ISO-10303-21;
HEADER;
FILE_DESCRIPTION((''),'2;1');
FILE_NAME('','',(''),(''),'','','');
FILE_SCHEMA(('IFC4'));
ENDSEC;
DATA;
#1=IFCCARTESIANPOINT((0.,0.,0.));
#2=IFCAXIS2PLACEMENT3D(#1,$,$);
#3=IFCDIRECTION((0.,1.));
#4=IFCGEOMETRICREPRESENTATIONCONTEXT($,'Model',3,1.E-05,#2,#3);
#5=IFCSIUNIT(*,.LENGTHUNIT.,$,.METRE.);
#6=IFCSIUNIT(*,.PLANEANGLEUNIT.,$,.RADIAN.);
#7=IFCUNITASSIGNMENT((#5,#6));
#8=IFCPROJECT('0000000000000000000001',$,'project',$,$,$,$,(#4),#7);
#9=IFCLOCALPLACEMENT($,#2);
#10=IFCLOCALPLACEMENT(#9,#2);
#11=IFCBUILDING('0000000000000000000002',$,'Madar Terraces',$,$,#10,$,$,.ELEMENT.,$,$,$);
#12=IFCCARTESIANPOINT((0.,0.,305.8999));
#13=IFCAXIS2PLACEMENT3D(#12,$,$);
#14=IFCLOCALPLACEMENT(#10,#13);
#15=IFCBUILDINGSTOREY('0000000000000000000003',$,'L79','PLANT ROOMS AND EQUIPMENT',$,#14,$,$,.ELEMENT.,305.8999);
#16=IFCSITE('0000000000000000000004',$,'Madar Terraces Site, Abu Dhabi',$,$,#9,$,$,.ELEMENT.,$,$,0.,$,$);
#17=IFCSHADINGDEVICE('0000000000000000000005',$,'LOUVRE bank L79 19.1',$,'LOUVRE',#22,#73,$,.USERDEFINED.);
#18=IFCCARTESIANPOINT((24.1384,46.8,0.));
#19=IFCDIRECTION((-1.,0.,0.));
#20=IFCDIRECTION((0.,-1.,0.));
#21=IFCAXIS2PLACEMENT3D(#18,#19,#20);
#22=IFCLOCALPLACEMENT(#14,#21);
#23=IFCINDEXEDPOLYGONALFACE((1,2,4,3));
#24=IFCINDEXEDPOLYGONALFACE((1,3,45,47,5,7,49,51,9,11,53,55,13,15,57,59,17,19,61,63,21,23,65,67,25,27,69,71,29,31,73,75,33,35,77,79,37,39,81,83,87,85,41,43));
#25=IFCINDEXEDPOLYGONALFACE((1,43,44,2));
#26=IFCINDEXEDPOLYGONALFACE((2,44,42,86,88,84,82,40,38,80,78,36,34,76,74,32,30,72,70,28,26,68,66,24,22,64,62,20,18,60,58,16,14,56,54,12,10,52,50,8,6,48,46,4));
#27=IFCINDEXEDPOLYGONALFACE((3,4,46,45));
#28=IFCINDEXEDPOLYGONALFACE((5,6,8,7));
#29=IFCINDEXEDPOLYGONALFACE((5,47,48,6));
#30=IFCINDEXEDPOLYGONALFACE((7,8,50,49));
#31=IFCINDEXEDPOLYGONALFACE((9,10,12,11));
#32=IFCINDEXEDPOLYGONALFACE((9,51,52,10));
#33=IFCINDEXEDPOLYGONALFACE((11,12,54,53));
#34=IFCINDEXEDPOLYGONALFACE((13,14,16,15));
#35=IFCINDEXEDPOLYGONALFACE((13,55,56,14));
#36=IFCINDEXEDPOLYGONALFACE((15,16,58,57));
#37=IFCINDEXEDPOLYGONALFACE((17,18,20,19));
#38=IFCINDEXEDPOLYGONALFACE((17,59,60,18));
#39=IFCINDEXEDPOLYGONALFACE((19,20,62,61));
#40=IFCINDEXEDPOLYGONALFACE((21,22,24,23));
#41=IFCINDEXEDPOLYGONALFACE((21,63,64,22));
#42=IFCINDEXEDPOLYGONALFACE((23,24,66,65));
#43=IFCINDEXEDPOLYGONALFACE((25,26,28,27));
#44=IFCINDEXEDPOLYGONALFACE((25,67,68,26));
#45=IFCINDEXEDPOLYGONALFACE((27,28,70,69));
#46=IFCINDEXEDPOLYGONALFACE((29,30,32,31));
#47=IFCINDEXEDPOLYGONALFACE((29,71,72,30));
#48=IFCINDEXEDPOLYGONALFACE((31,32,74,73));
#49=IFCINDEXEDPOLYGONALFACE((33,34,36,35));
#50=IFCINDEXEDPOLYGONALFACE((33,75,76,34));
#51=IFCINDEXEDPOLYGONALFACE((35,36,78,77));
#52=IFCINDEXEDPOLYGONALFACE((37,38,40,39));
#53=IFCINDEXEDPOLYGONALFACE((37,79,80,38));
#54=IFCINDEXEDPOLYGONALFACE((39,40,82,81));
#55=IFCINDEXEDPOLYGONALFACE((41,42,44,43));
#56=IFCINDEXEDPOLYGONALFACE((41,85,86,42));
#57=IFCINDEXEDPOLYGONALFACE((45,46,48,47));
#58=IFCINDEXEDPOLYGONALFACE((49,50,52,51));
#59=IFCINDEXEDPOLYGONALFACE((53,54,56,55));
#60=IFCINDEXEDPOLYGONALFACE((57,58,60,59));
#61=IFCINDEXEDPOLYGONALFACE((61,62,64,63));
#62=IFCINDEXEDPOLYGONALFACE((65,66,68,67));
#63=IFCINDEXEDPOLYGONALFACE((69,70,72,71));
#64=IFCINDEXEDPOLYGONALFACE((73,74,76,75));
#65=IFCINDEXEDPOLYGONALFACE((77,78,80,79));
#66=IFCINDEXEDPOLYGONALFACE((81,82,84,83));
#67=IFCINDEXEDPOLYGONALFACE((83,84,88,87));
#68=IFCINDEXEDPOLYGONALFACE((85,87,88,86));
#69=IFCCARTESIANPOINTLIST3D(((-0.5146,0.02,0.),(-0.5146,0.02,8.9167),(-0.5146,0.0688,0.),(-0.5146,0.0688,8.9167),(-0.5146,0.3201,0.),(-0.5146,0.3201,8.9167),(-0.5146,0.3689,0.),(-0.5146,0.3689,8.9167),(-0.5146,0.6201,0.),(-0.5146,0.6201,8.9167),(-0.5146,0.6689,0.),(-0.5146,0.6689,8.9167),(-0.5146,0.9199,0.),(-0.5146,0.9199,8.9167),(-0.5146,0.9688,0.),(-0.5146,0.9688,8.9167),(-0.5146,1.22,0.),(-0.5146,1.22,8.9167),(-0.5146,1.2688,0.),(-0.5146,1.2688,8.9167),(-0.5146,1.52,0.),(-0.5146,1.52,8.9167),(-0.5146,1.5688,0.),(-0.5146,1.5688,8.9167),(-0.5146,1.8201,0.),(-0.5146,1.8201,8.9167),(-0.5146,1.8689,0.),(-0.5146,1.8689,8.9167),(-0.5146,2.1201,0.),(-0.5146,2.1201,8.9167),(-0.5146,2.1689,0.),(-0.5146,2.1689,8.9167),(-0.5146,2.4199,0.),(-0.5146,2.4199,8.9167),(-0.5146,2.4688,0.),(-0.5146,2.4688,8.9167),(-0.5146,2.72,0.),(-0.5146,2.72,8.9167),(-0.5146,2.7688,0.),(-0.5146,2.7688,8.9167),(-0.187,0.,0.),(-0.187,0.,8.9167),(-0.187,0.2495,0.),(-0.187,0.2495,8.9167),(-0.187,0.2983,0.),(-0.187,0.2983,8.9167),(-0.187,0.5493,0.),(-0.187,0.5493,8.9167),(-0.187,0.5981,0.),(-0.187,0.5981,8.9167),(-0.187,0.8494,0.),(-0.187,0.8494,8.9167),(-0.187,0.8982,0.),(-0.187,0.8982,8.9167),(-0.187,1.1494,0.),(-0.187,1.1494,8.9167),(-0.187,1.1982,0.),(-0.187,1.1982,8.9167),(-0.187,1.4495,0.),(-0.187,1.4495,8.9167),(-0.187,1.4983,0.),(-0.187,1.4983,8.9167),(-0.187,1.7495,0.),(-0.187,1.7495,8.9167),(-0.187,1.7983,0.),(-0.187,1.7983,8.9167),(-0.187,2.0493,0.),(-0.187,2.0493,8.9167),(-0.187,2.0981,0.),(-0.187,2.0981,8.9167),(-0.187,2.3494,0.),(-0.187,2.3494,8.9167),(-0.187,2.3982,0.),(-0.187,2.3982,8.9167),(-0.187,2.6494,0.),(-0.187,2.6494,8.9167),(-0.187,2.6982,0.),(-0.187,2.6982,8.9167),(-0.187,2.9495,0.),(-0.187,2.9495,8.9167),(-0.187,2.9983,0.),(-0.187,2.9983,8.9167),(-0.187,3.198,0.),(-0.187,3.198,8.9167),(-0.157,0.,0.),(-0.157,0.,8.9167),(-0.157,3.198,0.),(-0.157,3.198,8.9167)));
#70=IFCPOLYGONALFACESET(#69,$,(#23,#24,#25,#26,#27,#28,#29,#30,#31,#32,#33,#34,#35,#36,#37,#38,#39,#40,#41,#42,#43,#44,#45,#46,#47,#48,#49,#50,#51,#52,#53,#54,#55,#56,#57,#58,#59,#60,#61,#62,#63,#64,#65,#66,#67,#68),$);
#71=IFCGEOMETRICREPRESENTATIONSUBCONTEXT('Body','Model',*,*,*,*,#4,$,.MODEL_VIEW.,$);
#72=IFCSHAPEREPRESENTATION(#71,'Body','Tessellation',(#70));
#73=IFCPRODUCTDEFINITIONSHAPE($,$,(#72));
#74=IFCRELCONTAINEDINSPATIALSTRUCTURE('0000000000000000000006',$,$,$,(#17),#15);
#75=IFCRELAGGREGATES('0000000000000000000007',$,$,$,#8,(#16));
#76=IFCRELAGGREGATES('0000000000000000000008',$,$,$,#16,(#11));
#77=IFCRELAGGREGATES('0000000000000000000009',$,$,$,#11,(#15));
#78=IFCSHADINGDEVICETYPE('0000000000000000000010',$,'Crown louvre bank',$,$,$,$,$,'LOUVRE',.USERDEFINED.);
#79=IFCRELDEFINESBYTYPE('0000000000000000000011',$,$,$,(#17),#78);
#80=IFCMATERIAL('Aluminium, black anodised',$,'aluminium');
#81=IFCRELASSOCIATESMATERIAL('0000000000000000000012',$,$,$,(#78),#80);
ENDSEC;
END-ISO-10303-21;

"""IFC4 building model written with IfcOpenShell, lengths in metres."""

from ifc_helpers import new_model, si_unit, direction, frame, origin, place, context, subcontext, project, spatial, polyline, outline, extrude, material, type_object, element, save


model = new_model("IFC4")

# Units and contexts
model_context = context("Model", 3, precision=1e-05, world=origin(), true_north=direction((0.0, 1.0)))
body_context = subcontext(model_context, "Body", "Model", "MODEL_VIEW")
ifc_project = project(units=[si_unit("LENGTHUNIT", "METRE"), si_unit("PLANEANGLEUNIT", "RADIAN")], contexts=[model_context])

# Site, building, storey
site_placement = place(None, origin())
site = spatial("IfcSite", under=ifc_project, at=site_placement, Name="Madar Terraces Site, Abu Dhabi", CompositionType="ELEMENT", RefElevation=0.0)
building_placement = place(site_placement, origin())
building = spatial("IfcBuilding", under=site, at=building_placement, Name="Madar Terraces", CompositionType="ELEMENT")
storey_placement = place(building_placement, frame((0.0, 0.0, 305.8999)))
storey = spatial("IfcBuildingStorey", under=building, at=storey_placement, Name="L79", Description="PLANT ROOMS AND EQUIPMENT", CompositionType="ELEMENT", Elevation=305.8999)

# Shading device
ifc_material_1 = material(Name="Aluminium, black anodised", Category="aluminium")
shading_device_type = type_object("IfcShadingDeviceType", Name="Crown louvre bank", ElementType="LOUVRE", PredefinedType="USERDEFINED", material=ifc_material_1)
shading_device_1_placement = place(storey_placement, frame((24.1384, 46.8, 0.0), z_axis=(-1.0, 0.0, 0.0), x_axis=(0.0, -1.0, 0.0)))
element("IfcShadingDevice", 1, at=shading_device_1_placement, inside=storey, type_object=shading_device_type, Name="LOUVRE bank L79 19.1", ObjectType="LOUVRE", PredefinedType="USERDEFINED", context=body_context, shape_type="SweptSolid", body=[
    extrude(outline(polyline([(-0.157, 0.0), (-0.187, 0.0), (-0.187, 0.2495), (-0.5146, 0.02), (-0.5146, 0.0688), (-0.187, 0.2983), (-0.187, 0.5493), (-0.5146, 0.3201), (-0.5146, 0.3689), (-0.187, 0.5981), (-0.187, 0.8494), (-0.5146, 0.6201), (-0.5146, 0.6689), (-0.187, 0.8982), (-0.187, 1.1494), (-0.5146, 0.9199), (-0.5146, 0.9688), (-0.187, 1.1982), (-0.187, 1.4495), (-0.5146, 1.22), (-0.5146, 1.2688), (-0.187, 1.4983), (-0.187, 1.7495), (-0.5146, 1.52), (-0.5146, 1.5688), (-0.187, 1.7983), (-0.187, 2.0493), (-0.5146, 1.8201), (-0.5146, 1.8689), (-0.187, 2.0981), (-0.187, 2.3494), (-0.5146, 2.1201), (-0.5146, 2.1689), (-0.187, 2.3982), (-0.187, 2.6494), (-0.5146, 2.4199), (-0.5146, 2.4688), (-0.187, 2.6982), (-0.187, 2.9495), (-0.5146, 2.72), (-0.5146, 2.7688), (-0.187, 2.9983), (-0.187, 3.198), (-0.157, 3.198), (-0.157, 0.0)])), origin(), (0.0, 0.0, 1.0), 8.9167),
])

save(model, "model.ifc")
